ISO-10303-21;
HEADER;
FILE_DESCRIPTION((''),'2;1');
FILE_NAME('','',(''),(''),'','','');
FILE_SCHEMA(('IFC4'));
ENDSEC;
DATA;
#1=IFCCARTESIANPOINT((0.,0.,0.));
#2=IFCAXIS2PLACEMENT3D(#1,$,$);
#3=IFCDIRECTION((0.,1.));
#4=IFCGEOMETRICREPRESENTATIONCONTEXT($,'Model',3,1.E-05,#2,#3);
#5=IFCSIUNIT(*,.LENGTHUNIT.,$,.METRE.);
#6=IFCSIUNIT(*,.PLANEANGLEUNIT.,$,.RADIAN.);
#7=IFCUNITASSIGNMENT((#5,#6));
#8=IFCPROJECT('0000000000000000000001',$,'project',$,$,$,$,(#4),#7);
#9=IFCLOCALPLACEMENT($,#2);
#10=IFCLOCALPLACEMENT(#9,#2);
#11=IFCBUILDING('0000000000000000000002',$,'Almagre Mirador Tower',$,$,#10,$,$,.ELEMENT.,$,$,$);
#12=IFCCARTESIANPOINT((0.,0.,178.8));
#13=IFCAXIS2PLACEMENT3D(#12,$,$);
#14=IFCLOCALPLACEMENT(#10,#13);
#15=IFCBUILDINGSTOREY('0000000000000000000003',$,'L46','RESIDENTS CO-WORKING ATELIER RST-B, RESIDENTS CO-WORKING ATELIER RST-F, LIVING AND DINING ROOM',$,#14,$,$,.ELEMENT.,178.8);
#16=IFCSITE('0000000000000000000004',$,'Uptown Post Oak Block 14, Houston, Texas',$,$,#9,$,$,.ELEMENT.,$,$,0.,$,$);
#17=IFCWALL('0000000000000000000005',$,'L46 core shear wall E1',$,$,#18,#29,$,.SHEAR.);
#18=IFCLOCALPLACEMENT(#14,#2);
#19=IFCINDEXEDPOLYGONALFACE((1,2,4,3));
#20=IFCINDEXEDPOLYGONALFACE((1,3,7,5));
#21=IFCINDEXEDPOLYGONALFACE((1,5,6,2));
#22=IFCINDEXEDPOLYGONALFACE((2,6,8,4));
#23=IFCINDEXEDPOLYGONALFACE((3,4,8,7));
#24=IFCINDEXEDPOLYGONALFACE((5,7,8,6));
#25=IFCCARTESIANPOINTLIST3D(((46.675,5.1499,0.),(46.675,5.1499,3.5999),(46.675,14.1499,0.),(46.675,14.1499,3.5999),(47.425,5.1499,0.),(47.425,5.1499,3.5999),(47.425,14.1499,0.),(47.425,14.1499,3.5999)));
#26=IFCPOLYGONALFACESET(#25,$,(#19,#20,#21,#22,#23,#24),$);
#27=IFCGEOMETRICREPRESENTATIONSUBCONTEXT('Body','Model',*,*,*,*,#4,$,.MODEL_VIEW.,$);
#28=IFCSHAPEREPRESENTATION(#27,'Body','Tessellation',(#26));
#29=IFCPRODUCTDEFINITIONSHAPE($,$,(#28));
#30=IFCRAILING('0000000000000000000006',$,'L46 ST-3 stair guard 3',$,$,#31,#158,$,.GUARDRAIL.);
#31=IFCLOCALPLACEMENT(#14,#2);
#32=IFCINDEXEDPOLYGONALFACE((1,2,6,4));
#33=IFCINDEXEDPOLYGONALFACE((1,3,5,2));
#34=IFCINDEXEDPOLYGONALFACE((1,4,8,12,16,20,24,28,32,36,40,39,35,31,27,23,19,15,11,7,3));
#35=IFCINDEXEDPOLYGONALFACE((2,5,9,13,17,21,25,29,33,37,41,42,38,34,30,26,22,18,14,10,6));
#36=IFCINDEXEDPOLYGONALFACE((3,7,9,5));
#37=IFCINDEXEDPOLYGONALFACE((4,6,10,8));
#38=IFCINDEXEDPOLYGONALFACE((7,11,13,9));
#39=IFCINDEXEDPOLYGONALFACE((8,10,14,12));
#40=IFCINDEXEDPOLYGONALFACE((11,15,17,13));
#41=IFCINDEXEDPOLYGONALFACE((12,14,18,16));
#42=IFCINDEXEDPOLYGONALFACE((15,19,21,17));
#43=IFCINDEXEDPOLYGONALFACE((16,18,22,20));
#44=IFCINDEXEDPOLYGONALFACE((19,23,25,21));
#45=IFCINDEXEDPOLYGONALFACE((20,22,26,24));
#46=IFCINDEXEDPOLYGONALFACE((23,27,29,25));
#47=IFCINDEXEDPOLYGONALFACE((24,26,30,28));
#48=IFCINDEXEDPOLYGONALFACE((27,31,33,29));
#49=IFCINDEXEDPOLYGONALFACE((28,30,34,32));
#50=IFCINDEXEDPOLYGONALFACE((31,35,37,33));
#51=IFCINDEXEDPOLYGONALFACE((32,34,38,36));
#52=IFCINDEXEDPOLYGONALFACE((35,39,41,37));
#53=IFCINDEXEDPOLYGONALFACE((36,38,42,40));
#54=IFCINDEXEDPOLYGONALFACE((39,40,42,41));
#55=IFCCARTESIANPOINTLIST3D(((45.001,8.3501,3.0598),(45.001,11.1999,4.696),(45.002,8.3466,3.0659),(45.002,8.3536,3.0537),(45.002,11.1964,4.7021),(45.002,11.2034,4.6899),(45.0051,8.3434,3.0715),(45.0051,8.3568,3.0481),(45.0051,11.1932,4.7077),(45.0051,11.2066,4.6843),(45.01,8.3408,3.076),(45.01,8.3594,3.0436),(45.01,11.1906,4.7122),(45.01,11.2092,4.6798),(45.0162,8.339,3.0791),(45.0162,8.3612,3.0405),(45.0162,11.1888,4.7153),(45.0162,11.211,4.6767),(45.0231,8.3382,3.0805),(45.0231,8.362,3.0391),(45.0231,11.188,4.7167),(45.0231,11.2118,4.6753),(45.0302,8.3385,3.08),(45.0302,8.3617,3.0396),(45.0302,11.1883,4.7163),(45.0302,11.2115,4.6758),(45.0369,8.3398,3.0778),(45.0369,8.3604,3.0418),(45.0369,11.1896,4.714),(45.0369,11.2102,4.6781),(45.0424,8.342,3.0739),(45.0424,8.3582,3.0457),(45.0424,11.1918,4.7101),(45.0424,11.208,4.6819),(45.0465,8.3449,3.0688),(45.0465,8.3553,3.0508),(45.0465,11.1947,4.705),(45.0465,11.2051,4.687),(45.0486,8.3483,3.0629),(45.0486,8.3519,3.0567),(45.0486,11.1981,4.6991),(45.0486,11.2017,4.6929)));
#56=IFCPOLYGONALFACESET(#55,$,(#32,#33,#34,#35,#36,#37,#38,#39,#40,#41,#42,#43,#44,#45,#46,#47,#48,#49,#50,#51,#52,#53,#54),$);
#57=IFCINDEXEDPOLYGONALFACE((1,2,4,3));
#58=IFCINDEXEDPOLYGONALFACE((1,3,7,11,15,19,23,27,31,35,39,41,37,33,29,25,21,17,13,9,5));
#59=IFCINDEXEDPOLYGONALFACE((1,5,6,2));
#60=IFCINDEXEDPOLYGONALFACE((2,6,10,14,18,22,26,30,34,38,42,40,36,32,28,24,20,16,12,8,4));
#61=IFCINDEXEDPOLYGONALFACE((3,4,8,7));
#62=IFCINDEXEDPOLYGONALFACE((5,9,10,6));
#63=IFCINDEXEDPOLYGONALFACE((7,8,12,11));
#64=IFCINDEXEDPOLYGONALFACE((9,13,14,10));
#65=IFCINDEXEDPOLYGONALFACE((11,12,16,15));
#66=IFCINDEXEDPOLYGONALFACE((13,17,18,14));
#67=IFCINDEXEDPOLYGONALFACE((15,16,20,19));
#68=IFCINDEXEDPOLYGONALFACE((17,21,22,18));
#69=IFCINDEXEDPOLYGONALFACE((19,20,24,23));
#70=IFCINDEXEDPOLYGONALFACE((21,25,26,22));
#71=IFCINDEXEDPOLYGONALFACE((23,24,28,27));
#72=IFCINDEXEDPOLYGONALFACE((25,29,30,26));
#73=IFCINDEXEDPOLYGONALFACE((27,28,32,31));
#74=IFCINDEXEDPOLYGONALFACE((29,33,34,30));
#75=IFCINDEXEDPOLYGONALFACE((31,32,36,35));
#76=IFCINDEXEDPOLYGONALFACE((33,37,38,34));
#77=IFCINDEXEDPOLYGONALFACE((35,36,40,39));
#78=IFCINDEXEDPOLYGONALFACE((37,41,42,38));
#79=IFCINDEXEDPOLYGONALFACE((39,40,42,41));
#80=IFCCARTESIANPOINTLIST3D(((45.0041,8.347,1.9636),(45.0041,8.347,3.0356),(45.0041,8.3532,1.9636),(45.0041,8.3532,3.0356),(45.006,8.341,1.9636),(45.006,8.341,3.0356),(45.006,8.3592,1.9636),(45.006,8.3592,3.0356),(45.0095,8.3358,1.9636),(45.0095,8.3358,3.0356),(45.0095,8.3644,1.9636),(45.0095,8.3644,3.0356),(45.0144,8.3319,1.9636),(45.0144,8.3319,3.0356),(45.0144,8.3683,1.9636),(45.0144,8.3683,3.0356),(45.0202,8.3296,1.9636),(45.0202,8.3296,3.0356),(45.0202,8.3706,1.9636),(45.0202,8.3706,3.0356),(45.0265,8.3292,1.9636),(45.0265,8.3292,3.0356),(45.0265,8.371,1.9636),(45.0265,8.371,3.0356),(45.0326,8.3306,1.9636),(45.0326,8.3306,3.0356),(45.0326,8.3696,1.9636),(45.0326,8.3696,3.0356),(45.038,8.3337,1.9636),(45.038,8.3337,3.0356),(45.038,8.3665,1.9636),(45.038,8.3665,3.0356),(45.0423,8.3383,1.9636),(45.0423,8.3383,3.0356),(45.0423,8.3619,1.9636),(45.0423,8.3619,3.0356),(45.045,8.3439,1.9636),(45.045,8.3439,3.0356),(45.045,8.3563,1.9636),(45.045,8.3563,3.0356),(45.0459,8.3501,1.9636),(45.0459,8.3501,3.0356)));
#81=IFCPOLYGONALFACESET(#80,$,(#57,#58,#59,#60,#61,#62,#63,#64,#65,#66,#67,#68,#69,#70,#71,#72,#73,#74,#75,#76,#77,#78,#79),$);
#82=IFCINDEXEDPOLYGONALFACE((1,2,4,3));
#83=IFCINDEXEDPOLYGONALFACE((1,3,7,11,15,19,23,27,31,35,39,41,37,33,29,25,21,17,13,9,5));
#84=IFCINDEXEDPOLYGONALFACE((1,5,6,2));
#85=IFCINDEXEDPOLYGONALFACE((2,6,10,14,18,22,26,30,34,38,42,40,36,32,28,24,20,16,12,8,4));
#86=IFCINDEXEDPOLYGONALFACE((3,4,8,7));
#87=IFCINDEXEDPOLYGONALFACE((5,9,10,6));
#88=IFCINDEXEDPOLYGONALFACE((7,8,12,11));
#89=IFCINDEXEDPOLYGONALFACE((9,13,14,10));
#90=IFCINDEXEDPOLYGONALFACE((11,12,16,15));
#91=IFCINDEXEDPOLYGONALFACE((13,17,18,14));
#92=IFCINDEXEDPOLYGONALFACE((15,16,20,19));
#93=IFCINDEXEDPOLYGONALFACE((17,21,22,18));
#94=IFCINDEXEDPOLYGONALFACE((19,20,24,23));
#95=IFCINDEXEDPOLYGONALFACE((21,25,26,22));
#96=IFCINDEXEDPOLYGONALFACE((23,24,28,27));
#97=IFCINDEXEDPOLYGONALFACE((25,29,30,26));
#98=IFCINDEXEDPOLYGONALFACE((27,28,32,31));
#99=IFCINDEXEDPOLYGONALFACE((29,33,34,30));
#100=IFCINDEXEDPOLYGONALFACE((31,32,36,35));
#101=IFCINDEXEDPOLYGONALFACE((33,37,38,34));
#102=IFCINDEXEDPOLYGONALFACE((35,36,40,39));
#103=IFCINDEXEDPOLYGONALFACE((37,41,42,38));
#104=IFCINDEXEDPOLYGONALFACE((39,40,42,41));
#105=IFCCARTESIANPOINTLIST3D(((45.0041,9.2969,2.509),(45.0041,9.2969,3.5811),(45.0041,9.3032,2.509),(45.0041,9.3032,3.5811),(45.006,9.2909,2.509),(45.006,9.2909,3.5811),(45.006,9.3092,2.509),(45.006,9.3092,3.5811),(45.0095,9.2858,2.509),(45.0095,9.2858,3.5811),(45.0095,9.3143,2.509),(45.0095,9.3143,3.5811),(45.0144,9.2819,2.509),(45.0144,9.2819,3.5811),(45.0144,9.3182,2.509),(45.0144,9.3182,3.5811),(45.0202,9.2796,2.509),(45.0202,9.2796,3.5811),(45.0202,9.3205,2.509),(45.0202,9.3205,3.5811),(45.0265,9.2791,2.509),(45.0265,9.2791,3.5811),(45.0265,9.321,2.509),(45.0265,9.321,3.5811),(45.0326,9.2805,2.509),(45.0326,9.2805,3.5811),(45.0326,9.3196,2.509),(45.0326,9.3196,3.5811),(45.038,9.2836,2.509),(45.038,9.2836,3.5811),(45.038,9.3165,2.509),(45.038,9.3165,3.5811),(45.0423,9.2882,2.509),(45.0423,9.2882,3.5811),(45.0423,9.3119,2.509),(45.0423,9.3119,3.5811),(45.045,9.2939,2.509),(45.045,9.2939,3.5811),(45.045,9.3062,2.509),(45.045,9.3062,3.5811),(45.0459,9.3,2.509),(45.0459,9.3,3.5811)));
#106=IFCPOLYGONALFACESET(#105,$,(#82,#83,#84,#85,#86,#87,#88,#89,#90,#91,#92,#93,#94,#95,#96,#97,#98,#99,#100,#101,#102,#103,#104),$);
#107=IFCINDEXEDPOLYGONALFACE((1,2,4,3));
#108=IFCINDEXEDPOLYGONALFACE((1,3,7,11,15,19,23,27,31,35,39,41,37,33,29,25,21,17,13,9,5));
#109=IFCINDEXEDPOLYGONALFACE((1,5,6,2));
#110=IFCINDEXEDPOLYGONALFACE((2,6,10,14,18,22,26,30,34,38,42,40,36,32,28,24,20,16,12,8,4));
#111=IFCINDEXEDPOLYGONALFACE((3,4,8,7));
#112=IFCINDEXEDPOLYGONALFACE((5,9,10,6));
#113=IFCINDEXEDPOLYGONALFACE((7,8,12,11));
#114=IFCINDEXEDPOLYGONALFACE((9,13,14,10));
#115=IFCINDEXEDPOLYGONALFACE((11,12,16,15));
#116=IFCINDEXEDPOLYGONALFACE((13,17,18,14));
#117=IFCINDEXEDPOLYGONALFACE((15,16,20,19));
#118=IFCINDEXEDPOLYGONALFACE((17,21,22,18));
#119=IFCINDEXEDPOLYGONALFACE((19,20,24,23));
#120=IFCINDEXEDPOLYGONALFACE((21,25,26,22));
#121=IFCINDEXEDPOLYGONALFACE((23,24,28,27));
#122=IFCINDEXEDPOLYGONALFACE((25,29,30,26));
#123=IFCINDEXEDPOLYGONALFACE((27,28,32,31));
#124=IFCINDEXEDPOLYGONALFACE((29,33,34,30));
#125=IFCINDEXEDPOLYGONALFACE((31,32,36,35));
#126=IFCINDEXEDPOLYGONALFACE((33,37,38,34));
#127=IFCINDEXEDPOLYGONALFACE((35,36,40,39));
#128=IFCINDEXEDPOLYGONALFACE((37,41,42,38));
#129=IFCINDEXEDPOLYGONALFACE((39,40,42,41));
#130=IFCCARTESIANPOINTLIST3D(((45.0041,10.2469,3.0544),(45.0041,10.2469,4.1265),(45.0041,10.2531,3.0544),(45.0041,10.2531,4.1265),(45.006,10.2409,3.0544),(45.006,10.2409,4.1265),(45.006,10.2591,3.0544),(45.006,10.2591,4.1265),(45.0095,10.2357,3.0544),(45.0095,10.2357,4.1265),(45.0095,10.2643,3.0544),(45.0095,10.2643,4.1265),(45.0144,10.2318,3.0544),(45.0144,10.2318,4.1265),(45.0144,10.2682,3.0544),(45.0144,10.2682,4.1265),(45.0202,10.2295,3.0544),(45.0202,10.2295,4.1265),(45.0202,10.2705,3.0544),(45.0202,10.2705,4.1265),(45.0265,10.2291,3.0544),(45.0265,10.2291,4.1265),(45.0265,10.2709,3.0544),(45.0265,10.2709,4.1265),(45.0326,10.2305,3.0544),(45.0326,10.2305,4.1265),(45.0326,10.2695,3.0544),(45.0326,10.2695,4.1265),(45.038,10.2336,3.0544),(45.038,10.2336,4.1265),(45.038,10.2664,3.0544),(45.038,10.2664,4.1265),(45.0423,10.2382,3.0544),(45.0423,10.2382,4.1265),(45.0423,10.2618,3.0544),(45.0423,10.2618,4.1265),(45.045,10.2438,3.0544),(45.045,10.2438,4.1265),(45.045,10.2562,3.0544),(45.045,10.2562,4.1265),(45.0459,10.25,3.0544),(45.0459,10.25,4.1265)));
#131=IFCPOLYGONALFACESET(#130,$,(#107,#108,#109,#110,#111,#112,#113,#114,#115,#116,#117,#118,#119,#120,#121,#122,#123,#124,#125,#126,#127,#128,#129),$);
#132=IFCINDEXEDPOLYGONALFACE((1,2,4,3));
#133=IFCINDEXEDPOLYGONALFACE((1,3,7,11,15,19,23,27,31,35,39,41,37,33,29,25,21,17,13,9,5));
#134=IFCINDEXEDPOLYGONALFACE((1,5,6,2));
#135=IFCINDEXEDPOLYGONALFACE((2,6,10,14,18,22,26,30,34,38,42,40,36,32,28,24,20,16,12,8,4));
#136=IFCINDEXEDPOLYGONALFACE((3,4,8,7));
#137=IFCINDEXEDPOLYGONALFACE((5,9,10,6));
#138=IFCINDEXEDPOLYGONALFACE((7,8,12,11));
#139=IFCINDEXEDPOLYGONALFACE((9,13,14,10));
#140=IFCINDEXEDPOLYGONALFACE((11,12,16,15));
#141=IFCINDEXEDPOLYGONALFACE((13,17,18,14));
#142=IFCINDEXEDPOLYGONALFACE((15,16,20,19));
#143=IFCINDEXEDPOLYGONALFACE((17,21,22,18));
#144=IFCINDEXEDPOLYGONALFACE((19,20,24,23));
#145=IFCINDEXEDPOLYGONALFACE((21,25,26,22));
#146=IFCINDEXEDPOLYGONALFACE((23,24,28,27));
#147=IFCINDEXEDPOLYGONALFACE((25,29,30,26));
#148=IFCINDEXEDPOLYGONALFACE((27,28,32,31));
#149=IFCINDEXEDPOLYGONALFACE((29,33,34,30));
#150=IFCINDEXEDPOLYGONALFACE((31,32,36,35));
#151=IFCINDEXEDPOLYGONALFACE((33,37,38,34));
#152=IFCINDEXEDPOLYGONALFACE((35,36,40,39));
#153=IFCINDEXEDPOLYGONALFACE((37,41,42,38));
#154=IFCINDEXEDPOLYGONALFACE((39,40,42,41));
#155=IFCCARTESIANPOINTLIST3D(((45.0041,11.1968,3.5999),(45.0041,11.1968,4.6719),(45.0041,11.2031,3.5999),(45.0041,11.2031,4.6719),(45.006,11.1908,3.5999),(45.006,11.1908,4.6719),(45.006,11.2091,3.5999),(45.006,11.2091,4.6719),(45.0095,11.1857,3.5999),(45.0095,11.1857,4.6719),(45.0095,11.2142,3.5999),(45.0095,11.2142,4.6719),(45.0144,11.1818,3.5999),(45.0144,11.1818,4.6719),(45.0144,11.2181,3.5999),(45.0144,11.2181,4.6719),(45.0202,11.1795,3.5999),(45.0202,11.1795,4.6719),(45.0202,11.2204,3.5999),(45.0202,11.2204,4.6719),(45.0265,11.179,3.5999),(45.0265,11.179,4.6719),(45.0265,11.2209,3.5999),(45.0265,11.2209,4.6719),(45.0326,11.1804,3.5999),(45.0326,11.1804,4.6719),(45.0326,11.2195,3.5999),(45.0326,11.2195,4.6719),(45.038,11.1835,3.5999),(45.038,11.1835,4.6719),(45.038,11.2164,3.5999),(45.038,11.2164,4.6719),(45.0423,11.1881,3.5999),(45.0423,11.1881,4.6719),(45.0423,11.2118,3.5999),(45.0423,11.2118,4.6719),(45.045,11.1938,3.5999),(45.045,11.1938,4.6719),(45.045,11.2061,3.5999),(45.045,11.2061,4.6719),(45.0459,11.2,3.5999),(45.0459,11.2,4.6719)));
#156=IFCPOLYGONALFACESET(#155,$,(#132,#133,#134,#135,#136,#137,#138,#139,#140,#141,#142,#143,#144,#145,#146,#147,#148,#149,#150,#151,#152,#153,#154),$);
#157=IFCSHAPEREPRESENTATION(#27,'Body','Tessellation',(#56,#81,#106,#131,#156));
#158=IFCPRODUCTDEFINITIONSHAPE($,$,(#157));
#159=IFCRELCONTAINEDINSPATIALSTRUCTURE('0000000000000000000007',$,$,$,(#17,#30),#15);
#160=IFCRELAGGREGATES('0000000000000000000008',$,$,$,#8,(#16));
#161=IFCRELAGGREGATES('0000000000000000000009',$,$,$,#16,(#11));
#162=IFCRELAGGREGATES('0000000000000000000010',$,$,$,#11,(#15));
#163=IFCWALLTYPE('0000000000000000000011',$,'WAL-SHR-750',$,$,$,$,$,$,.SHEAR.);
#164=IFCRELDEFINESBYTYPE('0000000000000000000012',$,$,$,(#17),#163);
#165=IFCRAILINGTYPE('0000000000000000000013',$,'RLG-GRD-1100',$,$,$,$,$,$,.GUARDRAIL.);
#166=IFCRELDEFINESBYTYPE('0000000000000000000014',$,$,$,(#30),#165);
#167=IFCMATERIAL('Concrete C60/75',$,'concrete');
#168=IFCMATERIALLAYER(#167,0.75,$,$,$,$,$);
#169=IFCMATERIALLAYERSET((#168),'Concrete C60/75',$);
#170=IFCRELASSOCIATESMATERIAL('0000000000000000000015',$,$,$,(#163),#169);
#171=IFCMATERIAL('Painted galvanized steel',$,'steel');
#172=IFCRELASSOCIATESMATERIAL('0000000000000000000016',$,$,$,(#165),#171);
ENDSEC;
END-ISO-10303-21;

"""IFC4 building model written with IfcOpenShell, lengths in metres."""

from ifc_helpers import new_model, si_unit, direction, frame, frame_2d, origin, origin_2d, place, context, subcontext, project, spatial, rectangle, circle, extrude, material, layer, layer_set, type_object, element, save


model = new_model("IFC4")

# Units and contexts
model_context = context("Model", 3, precision=1e-05, world=origin(), true_north=direction((0.0, 1.0)))
body_context = subcontext(model_context, "Body", "Model", "MODEL_VIEW")
ifc_project = project(units=[si_unit("LENGTHUNIT", "METRE"), si_unit("PLANEANGLEUNIT", "RADIAN")], contexts=[model_context])

# Site, building, storey
site_placement = place(None, origin())
site = spatial("IfcSite", under=ifc_project, at=site_placement, Name="Uptown Post Oak Block 14, Houston, Texas", CompositionType="ELEMENT", RefElevation=0.0)
building_placement = place(site_placement, origin())
building = spatial("IfcBuilding", under=site, at=building_placement, Name="Almagre Mirador Tower", CompositionType="ELEMENT")
storey_placement = place(building_placement, frame((0.0, 0.0, 178.8)))
storey = spatial("IfcBuildingStorey", under=building, at=storey_placement, Name="L46", Description="RESIDENTS CO-WORKING ATELIER RST-B, RESIDENTS CO-WORKING ATELIER RST-F, LIVING AND DINING ROOM", CompositionType="ELEMENT", Elevation=178.8)

# Wall
ifc_material_1 = material(Name="Concrete C60/75", Category="concrete")
ifc_layer_1 = layer(ifc_material_1, 0.75)
ifc_layer_set_1 = layer_set([ifc_layer_1], Name="Concrete C60/75")
wall_type_1 = type_object("IfcWallType", Name="WAL-SHR-750", PredefinedType="SHEAR", material=ifc_layer_set_1)
wall_1_placement = place(storey_placement, frame((47.05, 5.1499, 0.0), z_axis=(0.0, 0.0, 1.0), x_axis=(0.0, 1.0, 0.0)))
element("IfcWall", 1, at=wall_1_placement, inside=storey, type_object=wall_type_1, Name="L46 core shear wall E1", PredefinedType="SHEAR", context=body_context, shape_type="SweptSolid", body=[
    extrude(rectangle(XDim=9.0, YDim=0.75, at=frame_2d((4.5, 0.0))), origin(), (0.0, 0.0, 1.0), 3.5999),
])

# Railing
ifc_material_2 = material(Name="Painted galvanized steel", Category="steel")
railing_type = type_object("IfcRailingType", Name="RLG-GRD-1100", PredefinedType="GUARDRAIL", material=ifc_material_2)
railing_placement = place(storey_placement, frame((45.0249, 8.3501, 1.9636)))
element("IfcRailing", 2, at=railing_placement, inside=storey, type_object=railing_type, Name="L46 ST-3 stair guard 3", PredefinedType="GUARDRAIL", context=body_context, shape_type="SweptSolid", body=[
    extrude(circle(Radius=0.0239, at=origin_2d()), frame((0.0, 0.0, 1.0962), z_axis=(0.0, 0.867226, 0.497914), x_axis=(-1.0, 0.0, 0.0)), (0.0, 0.0, 1.0), 3.2861),
    extrude(circle(Radius=0.021, at=origin_2d()), origin(), (0.0, 0.0, 1.0), 1.072),
    extrude(circle(Radius=0.021, at=origin_2d()), frame((0.0, 0.95, 0.5454)), (0.0, 0.0, 1.0), 1.072),
    extrude(circle(Radius=0.021, at=origin_2d()), frame((0.0, 1.8999, 1.0908)), (0.0, 0.0, 1.0), 1.072),
    extrude(circle(Radius=0.021, at=origin_2d()), frame((0.0, 2.8499, 1.6362)), (0.0, 0.0, 1.0), 1.072),
])

save(model, "model.ifc")
